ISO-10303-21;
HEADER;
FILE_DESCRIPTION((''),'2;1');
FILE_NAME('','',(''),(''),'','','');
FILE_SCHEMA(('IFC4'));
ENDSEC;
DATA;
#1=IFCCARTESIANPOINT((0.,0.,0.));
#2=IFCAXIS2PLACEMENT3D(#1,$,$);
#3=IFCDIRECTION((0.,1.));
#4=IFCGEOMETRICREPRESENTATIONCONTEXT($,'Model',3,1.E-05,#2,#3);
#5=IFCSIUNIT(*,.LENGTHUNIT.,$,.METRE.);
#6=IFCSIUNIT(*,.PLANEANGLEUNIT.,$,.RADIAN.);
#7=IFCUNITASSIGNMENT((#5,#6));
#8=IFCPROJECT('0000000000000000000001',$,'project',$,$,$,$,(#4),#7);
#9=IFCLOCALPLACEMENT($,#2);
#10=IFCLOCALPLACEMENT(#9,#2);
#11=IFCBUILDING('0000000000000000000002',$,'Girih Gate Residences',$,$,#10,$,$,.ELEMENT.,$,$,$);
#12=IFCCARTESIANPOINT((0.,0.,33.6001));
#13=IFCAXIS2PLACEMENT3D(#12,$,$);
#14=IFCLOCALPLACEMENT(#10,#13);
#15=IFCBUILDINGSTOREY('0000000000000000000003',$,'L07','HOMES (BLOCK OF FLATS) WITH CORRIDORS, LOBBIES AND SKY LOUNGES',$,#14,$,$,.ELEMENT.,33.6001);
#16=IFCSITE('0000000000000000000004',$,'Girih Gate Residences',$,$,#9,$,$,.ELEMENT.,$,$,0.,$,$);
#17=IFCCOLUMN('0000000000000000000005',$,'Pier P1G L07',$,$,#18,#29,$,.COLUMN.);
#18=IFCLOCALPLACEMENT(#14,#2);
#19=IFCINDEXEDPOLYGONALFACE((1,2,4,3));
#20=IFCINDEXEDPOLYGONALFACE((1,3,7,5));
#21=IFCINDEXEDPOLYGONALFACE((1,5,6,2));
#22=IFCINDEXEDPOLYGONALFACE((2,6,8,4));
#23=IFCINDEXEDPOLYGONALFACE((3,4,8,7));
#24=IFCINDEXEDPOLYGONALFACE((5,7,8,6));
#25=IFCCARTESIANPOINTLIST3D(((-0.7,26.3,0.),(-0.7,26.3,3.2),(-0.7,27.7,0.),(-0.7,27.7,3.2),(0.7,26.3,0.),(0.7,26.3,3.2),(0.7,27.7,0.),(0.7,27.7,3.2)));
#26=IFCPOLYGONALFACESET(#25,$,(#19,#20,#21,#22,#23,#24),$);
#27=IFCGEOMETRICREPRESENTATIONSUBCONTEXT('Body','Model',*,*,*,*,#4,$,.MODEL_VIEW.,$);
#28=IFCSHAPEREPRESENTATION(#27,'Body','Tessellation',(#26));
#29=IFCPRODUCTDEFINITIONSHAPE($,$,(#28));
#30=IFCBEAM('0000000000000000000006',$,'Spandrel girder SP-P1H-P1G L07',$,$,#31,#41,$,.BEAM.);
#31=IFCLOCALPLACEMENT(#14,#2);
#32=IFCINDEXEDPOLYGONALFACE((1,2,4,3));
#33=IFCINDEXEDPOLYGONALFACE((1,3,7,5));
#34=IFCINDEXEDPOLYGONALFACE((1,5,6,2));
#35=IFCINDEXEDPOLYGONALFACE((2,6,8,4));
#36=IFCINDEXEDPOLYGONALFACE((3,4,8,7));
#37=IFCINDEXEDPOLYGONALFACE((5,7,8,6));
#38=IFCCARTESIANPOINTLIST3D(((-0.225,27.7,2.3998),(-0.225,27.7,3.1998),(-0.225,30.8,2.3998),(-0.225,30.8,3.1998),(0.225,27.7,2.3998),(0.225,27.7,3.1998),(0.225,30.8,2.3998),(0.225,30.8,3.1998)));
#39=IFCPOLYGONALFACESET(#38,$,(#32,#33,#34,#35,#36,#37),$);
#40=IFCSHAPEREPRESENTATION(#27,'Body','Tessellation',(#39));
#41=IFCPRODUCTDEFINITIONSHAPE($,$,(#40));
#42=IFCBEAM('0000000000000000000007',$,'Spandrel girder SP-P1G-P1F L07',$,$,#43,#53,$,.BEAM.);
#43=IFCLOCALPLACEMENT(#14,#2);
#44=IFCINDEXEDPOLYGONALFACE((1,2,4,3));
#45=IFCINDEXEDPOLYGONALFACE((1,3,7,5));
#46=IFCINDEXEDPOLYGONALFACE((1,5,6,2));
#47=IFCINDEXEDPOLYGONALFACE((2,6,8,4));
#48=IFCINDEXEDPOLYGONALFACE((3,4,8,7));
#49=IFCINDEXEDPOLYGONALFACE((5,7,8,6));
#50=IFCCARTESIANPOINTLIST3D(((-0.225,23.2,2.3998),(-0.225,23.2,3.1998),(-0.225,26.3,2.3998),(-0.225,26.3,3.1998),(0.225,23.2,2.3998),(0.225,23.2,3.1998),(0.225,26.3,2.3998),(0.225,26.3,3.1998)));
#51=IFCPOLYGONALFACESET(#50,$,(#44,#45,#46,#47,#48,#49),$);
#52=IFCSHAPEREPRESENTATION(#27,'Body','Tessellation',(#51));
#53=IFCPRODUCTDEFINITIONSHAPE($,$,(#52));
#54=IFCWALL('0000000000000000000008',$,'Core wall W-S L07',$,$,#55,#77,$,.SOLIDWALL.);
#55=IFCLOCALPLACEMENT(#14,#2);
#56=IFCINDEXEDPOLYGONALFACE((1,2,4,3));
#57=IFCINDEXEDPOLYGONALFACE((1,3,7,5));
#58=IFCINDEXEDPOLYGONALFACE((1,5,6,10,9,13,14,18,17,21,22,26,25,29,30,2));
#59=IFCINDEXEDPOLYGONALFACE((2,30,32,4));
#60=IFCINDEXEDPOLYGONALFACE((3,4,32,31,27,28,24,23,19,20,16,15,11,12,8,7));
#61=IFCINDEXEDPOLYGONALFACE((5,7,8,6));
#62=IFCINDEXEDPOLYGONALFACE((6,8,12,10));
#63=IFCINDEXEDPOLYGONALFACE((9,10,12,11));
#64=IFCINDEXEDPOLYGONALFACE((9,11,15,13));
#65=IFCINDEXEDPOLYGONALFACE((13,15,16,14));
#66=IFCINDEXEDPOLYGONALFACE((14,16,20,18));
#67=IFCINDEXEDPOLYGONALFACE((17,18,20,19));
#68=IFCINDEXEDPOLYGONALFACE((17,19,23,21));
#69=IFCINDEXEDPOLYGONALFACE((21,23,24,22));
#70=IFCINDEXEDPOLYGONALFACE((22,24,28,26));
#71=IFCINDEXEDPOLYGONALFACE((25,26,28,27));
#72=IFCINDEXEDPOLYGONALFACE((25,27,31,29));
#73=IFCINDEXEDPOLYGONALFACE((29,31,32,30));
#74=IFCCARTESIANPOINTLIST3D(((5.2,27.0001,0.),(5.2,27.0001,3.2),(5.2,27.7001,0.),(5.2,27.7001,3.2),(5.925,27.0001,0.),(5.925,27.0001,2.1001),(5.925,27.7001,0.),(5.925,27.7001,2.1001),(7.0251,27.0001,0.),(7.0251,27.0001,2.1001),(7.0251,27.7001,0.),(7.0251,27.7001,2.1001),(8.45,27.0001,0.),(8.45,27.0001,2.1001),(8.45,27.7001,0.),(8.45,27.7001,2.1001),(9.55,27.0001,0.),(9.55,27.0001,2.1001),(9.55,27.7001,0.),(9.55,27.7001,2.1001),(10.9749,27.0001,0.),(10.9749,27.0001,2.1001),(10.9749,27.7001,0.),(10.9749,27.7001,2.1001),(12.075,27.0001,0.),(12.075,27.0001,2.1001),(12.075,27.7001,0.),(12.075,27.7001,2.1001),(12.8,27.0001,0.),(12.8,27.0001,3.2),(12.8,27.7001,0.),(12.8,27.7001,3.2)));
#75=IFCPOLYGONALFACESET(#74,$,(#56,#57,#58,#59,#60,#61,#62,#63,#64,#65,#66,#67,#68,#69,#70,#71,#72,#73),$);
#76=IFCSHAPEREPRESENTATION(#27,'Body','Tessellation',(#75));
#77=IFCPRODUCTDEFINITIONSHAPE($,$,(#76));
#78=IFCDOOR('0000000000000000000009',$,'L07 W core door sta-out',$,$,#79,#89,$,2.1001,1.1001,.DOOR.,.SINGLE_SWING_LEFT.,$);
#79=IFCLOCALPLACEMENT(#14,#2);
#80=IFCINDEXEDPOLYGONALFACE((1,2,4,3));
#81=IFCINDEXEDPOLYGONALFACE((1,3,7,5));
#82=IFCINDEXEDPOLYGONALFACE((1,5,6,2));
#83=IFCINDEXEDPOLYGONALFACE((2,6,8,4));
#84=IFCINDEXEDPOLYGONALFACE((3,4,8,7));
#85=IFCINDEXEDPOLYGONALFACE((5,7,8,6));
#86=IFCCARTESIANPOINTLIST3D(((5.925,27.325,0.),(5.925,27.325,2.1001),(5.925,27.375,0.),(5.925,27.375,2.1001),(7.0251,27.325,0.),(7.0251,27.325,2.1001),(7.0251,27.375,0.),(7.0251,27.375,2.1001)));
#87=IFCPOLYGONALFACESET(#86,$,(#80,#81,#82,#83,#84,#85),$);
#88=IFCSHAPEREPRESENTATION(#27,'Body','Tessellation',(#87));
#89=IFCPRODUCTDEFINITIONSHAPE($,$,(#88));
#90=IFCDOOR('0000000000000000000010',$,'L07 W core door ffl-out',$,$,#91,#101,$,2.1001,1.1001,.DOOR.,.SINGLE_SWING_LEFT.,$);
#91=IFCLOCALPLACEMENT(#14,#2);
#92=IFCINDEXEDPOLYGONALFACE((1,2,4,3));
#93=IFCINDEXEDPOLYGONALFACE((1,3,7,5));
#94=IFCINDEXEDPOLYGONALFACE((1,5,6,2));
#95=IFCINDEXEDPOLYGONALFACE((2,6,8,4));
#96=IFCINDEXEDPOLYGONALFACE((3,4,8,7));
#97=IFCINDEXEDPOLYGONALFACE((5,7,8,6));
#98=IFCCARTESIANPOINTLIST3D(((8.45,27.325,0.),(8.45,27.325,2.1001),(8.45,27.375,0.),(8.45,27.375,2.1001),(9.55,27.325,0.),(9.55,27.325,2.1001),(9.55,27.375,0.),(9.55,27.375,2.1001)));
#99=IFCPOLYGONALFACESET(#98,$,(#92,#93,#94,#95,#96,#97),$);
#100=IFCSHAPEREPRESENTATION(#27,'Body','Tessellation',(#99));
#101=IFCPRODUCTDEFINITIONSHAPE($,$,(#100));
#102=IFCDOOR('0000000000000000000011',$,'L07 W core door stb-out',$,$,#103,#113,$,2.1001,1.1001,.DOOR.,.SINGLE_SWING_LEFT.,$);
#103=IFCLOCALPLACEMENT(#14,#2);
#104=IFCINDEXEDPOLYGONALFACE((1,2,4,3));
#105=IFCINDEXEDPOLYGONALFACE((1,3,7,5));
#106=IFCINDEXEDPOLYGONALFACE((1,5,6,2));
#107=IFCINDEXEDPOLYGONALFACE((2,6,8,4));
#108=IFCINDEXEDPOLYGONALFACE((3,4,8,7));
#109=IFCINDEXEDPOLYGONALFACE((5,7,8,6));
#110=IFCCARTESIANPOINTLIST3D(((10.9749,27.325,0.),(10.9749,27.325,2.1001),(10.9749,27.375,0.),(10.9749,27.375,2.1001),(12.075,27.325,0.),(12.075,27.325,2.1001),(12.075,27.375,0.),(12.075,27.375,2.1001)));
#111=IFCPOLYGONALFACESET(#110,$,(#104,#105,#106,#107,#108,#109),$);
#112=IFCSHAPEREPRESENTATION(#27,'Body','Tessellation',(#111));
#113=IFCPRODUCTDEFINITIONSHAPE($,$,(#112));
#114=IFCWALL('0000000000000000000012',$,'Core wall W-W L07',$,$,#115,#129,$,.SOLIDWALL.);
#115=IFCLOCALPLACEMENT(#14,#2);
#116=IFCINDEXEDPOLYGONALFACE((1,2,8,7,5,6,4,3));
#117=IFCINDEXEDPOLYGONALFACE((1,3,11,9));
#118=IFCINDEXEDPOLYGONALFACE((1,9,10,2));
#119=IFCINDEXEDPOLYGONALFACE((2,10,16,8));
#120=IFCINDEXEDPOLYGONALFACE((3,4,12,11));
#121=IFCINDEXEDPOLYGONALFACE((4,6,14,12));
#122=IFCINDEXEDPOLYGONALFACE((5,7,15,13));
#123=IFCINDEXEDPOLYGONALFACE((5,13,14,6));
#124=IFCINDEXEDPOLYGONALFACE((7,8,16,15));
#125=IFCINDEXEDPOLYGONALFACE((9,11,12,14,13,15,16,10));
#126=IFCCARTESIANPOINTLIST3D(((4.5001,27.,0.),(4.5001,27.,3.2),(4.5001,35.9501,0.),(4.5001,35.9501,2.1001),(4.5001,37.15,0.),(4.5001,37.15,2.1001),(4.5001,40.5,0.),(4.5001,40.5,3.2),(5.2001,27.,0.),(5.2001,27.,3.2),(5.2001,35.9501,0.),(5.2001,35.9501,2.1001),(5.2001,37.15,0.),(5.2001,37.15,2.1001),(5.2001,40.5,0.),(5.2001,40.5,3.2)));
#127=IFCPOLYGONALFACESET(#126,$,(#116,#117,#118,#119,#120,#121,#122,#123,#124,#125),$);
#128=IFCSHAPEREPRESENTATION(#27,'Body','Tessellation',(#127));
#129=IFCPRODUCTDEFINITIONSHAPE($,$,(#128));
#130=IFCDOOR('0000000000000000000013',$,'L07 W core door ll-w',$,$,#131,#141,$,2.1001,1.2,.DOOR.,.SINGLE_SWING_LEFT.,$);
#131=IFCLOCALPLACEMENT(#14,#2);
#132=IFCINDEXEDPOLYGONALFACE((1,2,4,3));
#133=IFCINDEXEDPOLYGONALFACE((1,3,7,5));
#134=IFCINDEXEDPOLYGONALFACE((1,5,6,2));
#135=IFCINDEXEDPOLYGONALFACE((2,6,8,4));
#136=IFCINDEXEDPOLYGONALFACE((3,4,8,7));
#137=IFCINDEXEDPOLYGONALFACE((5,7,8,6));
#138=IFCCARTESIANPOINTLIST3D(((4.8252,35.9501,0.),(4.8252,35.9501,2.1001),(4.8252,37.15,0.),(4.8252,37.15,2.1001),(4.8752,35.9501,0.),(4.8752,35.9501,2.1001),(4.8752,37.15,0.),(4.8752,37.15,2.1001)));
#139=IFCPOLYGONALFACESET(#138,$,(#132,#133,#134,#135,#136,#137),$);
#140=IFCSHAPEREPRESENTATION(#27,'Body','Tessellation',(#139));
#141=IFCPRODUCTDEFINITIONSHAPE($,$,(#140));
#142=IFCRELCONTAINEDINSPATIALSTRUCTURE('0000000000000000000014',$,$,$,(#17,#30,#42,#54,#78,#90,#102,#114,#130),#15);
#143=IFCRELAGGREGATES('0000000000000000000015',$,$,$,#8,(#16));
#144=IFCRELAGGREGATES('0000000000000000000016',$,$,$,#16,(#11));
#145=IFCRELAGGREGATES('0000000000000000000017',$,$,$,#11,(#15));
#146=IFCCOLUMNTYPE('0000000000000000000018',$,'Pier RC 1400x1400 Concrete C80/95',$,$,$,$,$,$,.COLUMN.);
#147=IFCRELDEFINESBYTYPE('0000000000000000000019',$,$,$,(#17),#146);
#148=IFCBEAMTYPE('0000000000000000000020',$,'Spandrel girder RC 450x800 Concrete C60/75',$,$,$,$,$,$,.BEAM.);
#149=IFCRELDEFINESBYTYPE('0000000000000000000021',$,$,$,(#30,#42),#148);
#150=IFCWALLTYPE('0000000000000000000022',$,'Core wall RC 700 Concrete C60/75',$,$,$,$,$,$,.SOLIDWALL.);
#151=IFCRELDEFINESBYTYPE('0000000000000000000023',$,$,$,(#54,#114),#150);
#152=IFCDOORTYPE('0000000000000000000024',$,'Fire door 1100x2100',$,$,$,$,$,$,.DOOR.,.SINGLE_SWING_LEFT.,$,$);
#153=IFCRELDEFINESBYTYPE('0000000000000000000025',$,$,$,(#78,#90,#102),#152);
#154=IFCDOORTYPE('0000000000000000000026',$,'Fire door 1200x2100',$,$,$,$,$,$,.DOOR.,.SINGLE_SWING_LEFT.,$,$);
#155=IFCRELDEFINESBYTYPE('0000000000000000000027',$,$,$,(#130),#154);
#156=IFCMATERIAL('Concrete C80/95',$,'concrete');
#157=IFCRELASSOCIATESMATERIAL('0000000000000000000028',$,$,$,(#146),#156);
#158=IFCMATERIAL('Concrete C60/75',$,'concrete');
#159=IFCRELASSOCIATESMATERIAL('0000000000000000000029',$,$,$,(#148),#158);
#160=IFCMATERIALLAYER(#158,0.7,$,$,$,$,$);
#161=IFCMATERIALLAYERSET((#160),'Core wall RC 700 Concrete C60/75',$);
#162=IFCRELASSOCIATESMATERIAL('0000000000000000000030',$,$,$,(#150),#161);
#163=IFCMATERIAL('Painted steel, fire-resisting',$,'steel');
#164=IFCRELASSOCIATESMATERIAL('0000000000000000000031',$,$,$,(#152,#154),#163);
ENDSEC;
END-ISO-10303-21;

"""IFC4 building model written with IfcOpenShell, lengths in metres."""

from ifc_helpers import new_model, si_unit, direction, frame, frame_2d, origin, origin_2d, place, context, subcontext, project, spatial, rectangle, extrude, material, layer, layer_set, material_profile, profile_set, type_object, element, fill, save


model = new_model("IFC4")

# Units and contexts
model_context = context("Model", 3, precision=1e-05, world=origin(), true_north=direction((0.0, 1.0)))
body_context = subcontext(model_context, "Body", "Model", "MODEL_VIEW")
ifc_project = project(units=[si_unit("LENGTHUNIT", "METRE"), si_unit("PLANEANGLEUNIT", "RADIAN")], contexts=[model_context])

# Site, building, storey
site_placement = place(None, origin())
site = spatial("IfcSite", under=ifc_project, at=site_placement, Name="Girih Gate Residences", CompositionType="ELEMENT", RefElevation=0.0)
building_placement = place(site_placement, origin())
building = spatial("IfcBuilding", under=site, at=building_placement, Name="Girih Gate Residences", CompositionType="ELEMENT")
storey_placement = place(building_placement, frame((0.0, 0.0, 33.6001)))
storey = spatial("IfcBuildingStorey", under=building, at=storey_placement, Name="L07", Description="HOMES (BLOCK OF FLATS) WITH CORRIDORS, LOBBIES AND SKY LOUNGES", CompositionType="ELEMENT", Elevation=33.6001)

# Column
ifc_material_1 = material(Name="Concrete C80/95", Category="concrete")
ifc_material_profile_1 = material_profile(ifc_material_1, rectangle(XDim=1.3999, YDim=1.3999, at=origin_2d()))
ifc_profile_set_1 = profile_set([ifc_material_profile_1], Name="Concrete C80/95")
column_type = type_object("IfcColumnType", Name="Pier RC 1400x1400 Concrete C80/95", PredefinedType="COLUMN", material=ifc_profile_set_1)
column_placement = place(storey_placement, frame((0.0, 27.0, 0.0), z_axis=(0.0, 0.0, 1.0), x_axis=(1.0, 0.0, 0.0)))
element("IfcColumn", 1, at=column_placement, inside=storey, type_object=column_type, Name="Pier P1G L07", PredefinedType="COLUMN", context=body_context, shape_type="SweptSolid", body=[
    extrude(rectangle(XDim=1.3999, YDim=1.3999, at=origin_2d()), origin(), (0.0, 0.0, 1.0), 3.2),
])

# Beams
ifc_material_2 = material(Name="Concrete C60/75", Category="concrete")
ifc_material_profile_2 = material_profile(ifc_material_2, rectangle(XDim=0.45, YDim=0.8, at=origin_2d()))
ifc_profile_set_2 = profile_set([ifc_material_profile_2], Name="Concrete C60/75")
beam_type = type_object("IfcBeamType", Name="Spandrel girder RC 450x800 Concrete C60/75", PredefinedType="BEAM", material=ifc_profile_set_2)
for number, where, z_axis, x_axis, name in (
    (2, (0.0, 30.8, 2.7998), (0.0, -1.0, 0.0), (1.0, 0.0, 0.0), "Spandrel girder SP-P1H-P1G L07"),
    (3, (0.0, 26.3, 2.7998), (0.0, -1.0, 0.0), (1.0, 0.0, 0.0), "Spandrel girder SP-P1G-P1F L07"),
):
    element("IfcBeam", number, at=place(storey_placement, frame(where, z_axis=z_axis, x_axis=x_axis)), inside=storey, type_object=beam_type, Name=name, PredefinedType="BEAM", context=body_context, shape_type="SweptSolid", body=[
        extrude(rectangle(XDim=0.45, YDim=0.8, at=origin_2d()), origin(), (0.0, 0.0, 1.0), 3.1001),
    ])

# Wall, openings, doors
ifc_layer_1 = layer(ifc_material_2, 0.7)
ifc_layer_set_1 = layer_set([ifc_layer_1], Name="Core wall RC 700 Concrete C60/75")
wall_type_1 = type_object("IfcWallType", Name="Core wall RC 700 Concrete C60/75", PredefinedType="SOLIDWALL", material=ifc_layer_set_1)
wall_1_placement = place(storey_placement, frame((5.2, 27.3501, 0.0), z_axis=(0.0, 0.0, 1.0), x_axis=(1.0, 0.0, 0.0)))
wall_1 = element("IfcWall", 4, at=wall_1_placement, inside=storey, type_object=wall_type_1, Name="Core wall W-S L07", PredefinedType="SOLIDWALL", context=body_context, shape_type="SweptSolid", body=[
    extrude(rectangle(XDim=7.6001, YDim=0.7, at=frame_2d((3.8, 0.0))), origin(), (0.0, 0.0, 1.0), 3.2),
])
opening_1_placement = place(wall_1_placement, frame((0.7251, 0.0, 0.0)))
opening_1 = element("IfcOpeningElement", 5, at=opening_1_placement, cuts=wall_1, PredefinedType="OPENING", context=body_context, shape_type="SweptSolid", body=[
    extrude(rectangle(XDim=1.1001, YDim=2.1001, at=frame_2d((0.55, 1.05))), frame((0.0, 0.3599, 0.0), z_axis=(0.0, -1.0, 0.0), x_axis=(1.0, 0.0, 0.0)), (0.0, 0.0, 1.0), 0.72),
])
opening_2_placement = place(wall_1_placement, frame((3.25, 0.0, 0.0)))
opening_2 = element("IfcOpeningElement", 6, at=opening_2_placement, cuts=wall_1, PredefinedType="OPENING", context=body_context, shape_type="SweptSolid", body=[
    extrude(rectangle(XDim=1.1001, YDim=2.1001, at=frame_2d((0.55, 1.05))), frame((0.0, 0.3599, 0.0), z_axis=(0.0, -1.0, 0.0), x_axis=(1.0, 0.0, 0.0)), (0.0, 0.0, 1.0), 0.72),
])
opening_3_placement = place(wall_1_placement, frame((5.7749, 0.0, 0.0)))
opening_3 = element("IfcOpeningElement", 7, at=opening_3_placement, cuts=wall_1, PredefinedType="OPENING", context=body_context, shape_type="SweptSolid", body=[
    extrude(rectangle(XDim=1.1001, YDim=2.1001, at=frame_2d((0.55, 1.05))), frame((0.0, 0.3599, 0.0), z_axis=(0.0, -1.0, 0.0), x_axis=(1.0, 0.0, 0.0)), (0.0, 0.0, 1.0), 0.72),
])
ifc_material_3 = material(Name="Painted steel, fire-resisting", Category="steel")
door_type_1 = type_object("IfcDoorType", Name="Fire door 1100x2100", OperationType="SINGLE_SWING_LEFT", PredefinedType="DOOR", material=ifc_material_3)
door_1_placement = place(opening_1_placement, origin())
door_1 = element("IfcDoor", 8, at=door_1_placement, inside=storey, type_object=door_type_1, Name="L07 W core door sta-out", OperationType="SINGLE_SWING_LEFT", OverallHeight=2.1001, OverallWidth=1.1001, PredefinedType="DOOR", context=body_context, shape_type="SweptSolid", body=[
    extrude(rectangle(XDim=1.1001, YDim=2.1001, at=frame_2d((0.55, 1.05))), frame((0.0, 0.0249, 0.0), z_axis=(0.0, -1.0, 0.0), x_axis=(1.0, 0.0, 0.0)), (0.0, 0.0, 1.0), 0.05),
])
fill(opening_1, door_1)
door_2_placement = place(opening_2_placement, origin())
door_2 = element("IfcDoor", 9, at=door_2_placement, inside=storey, type_object=door_type_1, Name="L07 W core door ffl-out", OperationType="SINGLE_SWING_LEFT", OverallHeight=2.1001, OverallWidth=1.1001, PredefinedType="DOOR", context=body_context, shape_type="SweptSolid", body=[
    extrude(rectangle(XDim=1.1001, YDim=2.1001, at=frame_2d((0.55, 1.05))), frame((0.0, 0.0249, 0.0), z_axis=(0.0, -1.0, 0.0), x_axis=(1.0, 0.0, 0.0)), (0.0, 0.0, 1.0), 0.05),
])
fill(opening_2, door_2)
door_3_placement = place(opening_3_placement, origin())
door_3 = element("IfcDoor", 10, at=door_3_placement, inside=storey, type_object=door_type_1, Name="L07 W core door stb-out", OperationType="SINGLE_SWING_LEFT", OverallHeight=2.1001, OverallWidth=1.1001, PredefinedType="DOOR", context=body_context, shape_type="SweptSolid", body=[
    extrude(rectangle(XDim=1.1001, YDim=2.1001, at=frame_2d((0.55, 1.05))), frame((0.0, 0.0249, 0.0), z_axis=(0.0, -1.0, 0.0), x_axis=(1.0, 0.0, 0.0)), (0.0, 0.0, 1.0), 0.05),
])
fill(opening_3, door_3)

# Wall, opening, door
wall_2_placement = place(storey_placement, frame((4.8501, 27.0, 0.0), z_axis=(0.0, 0.0, 1.0), x_axis=(0.0, 1.0, 0.0)))
wall_2 = element("IfcWall", 11, at=wall_2_placement, inside=storey, type_object=wall_type_1, Name="Core wall W-W L07", PredefinedType="SOLIDWALL", context=body_context, shape_type="SweptSolid", body=[
    extrude(rectangle(XDim=13.5, YDim=0.7, at=frame_2d((6.75, 0.0))), origin(), (0.0, 0.0, 1.0), 3.2),
])
opening_4_placement = place(wall_2_placement, frame((8.95, 0.0, 0.0)))
opening_4 = element("IfcOpeningElement", 12, at=opening_4_placement, cuts=wall_2, PredefinedType="OPENING", context=body_context, shape_type="SweptSolid", body=[
    extrude(rectangle(XDim=1.2, YDim=2.1001, at=frame_2d((0.6001, 1.05))), frame((0.0, 0.3599, 0.0), z_axis=(0.0, -1.0, 0.0), x_axis=(1.0, 0.0, 0.0)), (0.0, 0.0, 1.0), 0.72),
])
door_type_2 = type_object("IfcDoorType", Name="Fire door 1200x2100", OperationType="SINGLE_SWING_LEFT", PredefinedType="DOOR", material=ifc_material_3)
door_4_placement = place(opening_4_placement, origin())
door_4 = element("IfcDoor", 13, at=door_4_placement, inside=storey, type_object=door_type_2, Name="L07 W core door ll-w", OperationType="SINGLE_SWING_LEFT", OverallHeight=2.1001, OverallWidth=1.2, PredefinedType="DOOR", context=body_context, shape_type="SweptSolid", body=[
    extrude(rectangle(XDim=1.2, YDim=2.1001, at=frame_2d((0.6001, 1.05))), frame((0.0, 0.0249, 0.0), z_axis=(0.0, -1.0, 0.0), x_axis=(1.0, 0.0, 0.0)), (0.0, 0.0, 1.0), 0.05),
])
fill(opening_4, door_4)

save(model, "model.ifc")
